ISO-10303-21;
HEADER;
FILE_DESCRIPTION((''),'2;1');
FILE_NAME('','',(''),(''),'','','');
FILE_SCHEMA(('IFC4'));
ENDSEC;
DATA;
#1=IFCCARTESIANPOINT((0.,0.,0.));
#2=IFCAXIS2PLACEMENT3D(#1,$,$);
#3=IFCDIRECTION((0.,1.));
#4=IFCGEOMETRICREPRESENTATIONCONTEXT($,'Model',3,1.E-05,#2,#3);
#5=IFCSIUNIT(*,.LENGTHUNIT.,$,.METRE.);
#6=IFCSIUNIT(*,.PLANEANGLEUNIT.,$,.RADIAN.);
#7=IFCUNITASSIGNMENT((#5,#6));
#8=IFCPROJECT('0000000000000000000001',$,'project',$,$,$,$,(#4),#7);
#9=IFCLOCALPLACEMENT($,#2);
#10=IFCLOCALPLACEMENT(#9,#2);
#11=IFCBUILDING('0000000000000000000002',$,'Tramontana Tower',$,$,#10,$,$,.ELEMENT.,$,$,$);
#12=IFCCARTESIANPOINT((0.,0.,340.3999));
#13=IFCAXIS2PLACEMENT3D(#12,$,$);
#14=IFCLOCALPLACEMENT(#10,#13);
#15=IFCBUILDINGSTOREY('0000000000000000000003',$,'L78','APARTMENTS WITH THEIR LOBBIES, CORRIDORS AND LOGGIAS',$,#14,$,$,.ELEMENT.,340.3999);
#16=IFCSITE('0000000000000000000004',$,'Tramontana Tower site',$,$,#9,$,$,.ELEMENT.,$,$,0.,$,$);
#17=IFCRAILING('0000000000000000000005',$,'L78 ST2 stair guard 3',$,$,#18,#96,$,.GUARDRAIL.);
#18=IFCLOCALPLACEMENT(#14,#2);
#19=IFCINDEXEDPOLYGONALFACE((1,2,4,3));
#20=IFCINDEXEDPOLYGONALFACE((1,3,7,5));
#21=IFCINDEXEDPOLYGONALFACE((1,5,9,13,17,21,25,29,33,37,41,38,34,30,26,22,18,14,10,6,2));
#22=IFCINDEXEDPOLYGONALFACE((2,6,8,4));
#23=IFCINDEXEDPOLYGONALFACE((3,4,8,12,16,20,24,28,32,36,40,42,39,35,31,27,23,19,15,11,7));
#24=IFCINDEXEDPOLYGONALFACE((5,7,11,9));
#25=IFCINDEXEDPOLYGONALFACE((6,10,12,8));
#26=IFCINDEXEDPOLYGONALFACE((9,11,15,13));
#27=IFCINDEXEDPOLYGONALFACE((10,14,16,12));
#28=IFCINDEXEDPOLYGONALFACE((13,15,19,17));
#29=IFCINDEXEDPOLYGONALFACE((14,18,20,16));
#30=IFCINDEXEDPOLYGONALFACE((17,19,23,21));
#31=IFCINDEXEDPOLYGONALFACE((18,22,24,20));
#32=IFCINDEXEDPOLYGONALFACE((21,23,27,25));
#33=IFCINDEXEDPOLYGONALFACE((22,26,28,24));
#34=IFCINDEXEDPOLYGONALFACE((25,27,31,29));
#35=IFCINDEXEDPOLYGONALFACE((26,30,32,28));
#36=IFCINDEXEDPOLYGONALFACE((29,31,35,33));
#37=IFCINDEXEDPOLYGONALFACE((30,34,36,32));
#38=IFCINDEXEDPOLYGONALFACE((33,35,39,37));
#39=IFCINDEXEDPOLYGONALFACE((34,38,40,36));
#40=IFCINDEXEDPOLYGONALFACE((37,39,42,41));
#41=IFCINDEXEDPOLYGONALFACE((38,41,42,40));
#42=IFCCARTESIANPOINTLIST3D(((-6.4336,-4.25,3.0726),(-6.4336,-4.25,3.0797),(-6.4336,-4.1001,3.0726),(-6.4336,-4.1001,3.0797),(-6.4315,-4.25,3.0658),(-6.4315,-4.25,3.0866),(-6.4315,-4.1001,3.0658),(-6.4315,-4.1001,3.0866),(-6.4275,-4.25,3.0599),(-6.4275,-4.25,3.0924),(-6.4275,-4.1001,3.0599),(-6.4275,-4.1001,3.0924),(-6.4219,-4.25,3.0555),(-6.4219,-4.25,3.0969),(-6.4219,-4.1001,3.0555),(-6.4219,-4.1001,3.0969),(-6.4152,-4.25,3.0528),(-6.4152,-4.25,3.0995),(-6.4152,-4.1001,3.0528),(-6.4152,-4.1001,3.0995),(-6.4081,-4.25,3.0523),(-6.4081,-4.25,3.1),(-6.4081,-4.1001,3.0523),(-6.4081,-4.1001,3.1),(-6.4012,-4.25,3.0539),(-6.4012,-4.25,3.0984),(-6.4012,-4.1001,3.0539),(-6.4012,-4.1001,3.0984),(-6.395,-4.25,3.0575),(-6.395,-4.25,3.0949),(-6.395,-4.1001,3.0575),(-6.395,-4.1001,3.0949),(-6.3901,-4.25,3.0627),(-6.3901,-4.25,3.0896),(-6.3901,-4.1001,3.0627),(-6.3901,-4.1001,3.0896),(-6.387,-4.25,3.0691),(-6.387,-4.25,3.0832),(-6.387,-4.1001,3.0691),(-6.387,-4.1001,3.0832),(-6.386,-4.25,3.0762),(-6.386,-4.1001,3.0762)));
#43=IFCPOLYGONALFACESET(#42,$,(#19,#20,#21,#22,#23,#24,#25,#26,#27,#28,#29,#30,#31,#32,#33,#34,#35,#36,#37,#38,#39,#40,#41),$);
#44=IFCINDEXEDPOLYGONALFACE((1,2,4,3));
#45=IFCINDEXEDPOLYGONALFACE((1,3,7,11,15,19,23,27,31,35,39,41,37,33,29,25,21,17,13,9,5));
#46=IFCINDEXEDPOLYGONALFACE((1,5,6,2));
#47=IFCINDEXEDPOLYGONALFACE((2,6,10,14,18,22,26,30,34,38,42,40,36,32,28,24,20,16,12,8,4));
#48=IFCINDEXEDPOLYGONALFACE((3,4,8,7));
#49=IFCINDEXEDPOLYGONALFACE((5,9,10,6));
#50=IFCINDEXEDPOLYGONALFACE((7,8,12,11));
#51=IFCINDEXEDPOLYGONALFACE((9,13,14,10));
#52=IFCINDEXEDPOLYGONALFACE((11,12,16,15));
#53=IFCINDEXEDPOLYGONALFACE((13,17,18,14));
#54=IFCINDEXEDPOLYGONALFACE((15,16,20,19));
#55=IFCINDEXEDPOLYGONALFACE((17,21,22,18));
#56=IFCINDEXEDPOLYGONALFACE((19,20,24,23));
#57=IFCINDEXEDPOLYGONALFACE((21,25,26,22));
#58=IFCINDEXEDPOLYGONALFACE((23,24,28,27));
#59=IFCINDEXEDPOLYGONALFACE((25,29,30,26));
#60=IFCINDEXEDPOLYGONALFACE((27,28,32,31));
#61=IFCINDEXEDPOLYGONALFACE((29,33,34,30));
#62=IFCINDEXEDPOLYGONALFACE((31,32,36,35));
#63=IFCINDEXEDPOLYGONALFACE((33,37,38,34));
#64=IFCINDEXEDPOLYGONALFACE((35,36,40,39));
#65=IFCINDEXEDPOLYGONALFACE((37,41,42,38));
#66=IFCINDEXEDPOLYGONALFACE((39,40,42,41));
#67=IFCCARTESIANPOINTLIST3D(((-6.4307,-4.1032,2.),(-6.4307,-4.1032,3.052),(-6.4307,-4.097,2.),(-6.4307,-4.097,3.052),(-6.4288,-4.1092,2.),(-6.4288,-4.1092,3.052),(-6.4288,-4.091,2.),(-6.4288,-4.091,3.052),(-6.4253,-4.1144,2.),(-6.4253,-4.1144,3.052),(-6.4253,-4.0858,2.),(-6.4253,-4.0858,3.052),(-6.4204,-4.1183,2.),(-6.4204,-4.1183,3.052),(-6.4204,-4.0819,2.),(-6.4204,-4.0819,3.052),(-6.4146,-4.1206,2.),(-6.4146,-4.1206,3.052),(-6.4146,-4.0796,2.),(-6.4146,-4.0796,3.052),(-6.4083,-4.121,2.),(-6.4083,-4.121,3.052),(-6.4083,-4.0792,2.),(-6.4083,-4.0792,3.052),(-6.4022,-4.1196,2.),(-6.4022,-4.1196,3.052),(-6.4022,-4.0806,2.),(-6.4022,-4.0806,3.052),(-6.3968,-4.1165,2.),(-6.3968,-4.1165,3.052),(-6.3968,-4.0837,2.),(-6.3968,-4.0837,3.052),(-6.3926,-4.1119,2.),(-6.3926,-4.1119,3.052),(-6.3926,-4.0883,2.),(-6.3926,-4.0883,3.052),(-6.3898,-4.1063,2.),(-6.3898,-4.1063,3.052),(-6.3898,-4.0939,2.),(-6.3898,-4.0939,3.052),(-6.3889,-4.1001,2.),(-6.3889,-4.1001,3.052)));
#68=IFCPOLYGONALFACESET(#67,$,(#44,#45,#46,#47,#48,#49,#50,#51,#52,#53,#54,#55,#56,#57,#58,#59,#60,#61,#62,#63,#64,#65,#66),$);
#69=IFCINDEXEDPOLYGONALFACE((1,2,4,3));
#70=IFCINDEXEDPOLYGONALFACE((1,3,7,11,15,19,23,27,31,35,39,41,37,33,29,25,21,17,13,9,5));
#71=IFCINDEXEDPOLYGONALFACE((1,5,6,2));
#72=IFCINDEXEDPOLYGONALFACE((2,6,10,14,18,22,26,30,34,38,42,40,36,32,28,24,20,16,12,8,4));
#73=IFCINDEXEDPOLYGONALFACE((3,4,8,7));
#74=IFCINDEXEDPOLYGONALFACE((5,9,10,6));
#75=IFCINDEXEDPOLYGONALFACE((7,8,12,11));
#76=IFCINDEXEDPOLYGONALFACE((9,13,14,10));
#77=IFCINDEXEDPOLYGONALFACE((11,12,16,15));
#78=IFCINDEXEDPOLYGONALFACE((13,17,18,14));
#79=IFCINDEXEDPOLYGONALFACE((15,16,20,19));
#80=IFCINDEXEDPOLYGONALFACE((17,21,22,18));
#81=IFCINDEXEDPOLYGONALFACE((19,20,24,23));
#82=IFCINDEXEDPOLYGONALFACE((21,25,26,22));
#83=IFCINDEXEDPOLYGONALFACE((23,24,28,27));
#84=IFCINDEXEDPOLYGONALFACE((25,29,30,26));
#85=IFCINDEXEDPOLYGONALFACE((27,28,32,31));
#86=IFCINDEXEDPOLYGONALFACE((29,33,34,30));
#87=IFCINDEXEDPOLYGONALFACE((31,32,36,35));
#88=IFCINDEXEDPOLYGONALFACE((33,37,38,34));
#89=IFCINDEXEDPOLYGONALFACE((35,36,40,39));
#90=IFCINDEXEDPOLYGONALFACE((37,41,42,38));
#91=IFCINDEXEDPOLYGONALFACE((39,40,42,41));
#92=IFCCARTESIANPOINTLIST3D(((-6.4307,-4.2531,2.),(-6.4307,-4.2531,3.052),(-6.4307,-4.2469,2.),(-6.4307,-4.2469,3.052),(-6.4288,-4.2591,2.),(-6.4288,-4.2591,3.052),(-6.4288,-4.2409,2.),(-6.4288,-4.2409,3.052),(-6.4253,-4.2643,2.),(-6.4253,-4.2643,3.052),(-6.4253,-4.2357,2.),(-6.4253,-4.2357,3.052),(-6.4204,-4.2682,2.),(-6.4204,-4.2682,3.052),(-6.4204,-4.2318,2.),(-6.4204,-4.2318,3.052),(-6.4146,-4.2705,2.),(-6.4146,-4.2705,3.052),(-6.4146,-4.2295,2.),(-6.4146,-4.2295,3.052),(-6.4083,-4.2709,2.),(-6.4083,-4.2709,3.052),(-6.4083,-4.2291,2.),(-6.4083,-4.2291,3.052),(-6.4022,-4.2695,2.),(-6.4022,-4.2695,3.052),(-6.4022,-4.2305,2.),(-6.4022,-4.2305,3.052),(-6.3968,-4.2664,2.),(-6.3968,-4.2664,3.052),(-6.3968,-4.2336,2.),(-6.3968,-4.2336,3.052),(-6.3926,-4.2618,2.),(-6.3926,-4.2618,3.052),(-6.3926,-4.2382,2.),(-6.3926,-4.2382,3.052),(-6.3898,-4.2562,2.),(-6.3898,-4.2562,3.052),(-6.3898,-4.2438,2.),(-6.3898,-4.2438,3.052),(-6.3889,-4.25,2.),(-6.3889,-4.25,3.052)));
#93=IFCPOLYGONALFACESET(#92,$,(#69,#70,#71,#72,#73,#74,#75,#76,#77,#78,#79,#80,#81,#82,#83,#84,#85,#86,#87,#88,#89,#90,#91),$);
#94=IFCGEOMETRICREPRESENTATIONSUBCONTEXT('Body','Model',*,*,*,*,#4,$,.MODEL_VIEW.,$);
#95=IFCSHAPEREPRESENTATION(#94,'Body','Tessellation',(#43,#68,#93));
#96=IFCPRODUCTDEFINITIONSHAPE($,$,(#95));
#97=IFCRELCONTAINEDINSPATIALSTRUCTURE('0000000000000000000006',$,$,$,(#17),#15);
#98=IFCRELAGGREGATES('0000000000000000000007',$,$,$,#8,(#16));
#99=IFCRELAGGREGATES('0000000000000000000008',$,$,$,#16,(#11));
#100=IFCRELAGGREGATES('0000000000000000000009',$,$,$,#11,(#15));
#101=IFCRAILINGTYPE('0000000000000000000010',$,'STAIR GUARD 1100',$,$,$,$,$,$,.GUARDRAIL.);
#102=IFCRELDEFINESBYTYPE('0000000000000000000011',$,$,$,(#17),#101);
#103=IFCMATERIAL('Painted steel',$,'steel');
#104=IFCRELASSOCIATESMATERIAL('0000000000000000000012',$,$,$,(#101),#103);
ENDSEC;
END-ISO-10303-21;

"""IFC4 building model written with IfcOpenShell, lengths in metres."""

from ifc_helpers import new_model, si_unit, direction, frame, origin, origin_2d, place, context, subcontext, project, spatial, circle, extrude, material, type_object, element, save


model = new_model("IFC4")

# Units and contexts
model_context = context("Model", 3, precision=1e-05, world=origin(), true_north=direction((0.0, 1.0)))
body_context = subcontext(model_context, "Body", "Model", "MODEL_VIEW")
ifc_project = project(units=[si_unit("LENGTHUNIT", "METRE"), si_unit("PLANEANGLEUNIT", "RADIAN")], contexts=[model_context])

# Site, building, storey
site_placement = place(None, origin())
site = spatial("IfcSite", under=ifc_project, at=site_placement, Name="Tramontana Tower site", CompositionType="ELEMENT", RefElevation=0.0)
building_placement = place(site_placement, origin())
building = spatial("IfcBuilding", under=site, at=building_placement, Name="Tramontana Tower", CompositionType="ELEMENT")
storey_placement = place(building_placement, frame((0.0, 0.0, 340.3999)))
storey = spatial("IfcBuildingStorey", under=building, at=storey_placement, Name="L78", Description="APARTMENTS WITH THEIR LOBBIES, CORRIDORS AND LOGGIAS", CompositionType="ELEMENT", Elevation=340.3999)

# Railing
ifc_material_1 = material(Name="Painted steel", Category="steel")
railing_type_1 = type_object("IfcRailingType", Name="STAIR GUARD 1100", PredefinedType="GUARDRAIL", material=ifc_material_1)
railing_1_placement = place(storey_placement, frame((-6.4099, -4.1001, 2.0)))
element("IfcRailing", 1, at=railing_1_placement, inside=storey, type_object=railing_type_1, Name="L78 ST2 stair guard 3", PredefinedType="GUARDRAIL", context=body_context, shape_type="SweptSolid", body=[
    extrude(circle(Radius=0.0239, at=origin_2d()), frame((0.0, 0.0, 1.0762), z_axis=(0.0, -1.0, 0.0), x_axis=(1.0, 0.0, 0.0)), (0.0, 0.0, 1.0), 0.1499),
    extrude(circle(Radius=0.021, at=origin_2d()), origin(), (0.0, 0.0, 1.0), 1.052),
    extrude(circle(Radius=0.021, at=origin_2d()), frame((0.0, -0.1499, 0.0)), (0.0, 0.0, 1.0), 1.052),
])

save(model, "model.ifc")
